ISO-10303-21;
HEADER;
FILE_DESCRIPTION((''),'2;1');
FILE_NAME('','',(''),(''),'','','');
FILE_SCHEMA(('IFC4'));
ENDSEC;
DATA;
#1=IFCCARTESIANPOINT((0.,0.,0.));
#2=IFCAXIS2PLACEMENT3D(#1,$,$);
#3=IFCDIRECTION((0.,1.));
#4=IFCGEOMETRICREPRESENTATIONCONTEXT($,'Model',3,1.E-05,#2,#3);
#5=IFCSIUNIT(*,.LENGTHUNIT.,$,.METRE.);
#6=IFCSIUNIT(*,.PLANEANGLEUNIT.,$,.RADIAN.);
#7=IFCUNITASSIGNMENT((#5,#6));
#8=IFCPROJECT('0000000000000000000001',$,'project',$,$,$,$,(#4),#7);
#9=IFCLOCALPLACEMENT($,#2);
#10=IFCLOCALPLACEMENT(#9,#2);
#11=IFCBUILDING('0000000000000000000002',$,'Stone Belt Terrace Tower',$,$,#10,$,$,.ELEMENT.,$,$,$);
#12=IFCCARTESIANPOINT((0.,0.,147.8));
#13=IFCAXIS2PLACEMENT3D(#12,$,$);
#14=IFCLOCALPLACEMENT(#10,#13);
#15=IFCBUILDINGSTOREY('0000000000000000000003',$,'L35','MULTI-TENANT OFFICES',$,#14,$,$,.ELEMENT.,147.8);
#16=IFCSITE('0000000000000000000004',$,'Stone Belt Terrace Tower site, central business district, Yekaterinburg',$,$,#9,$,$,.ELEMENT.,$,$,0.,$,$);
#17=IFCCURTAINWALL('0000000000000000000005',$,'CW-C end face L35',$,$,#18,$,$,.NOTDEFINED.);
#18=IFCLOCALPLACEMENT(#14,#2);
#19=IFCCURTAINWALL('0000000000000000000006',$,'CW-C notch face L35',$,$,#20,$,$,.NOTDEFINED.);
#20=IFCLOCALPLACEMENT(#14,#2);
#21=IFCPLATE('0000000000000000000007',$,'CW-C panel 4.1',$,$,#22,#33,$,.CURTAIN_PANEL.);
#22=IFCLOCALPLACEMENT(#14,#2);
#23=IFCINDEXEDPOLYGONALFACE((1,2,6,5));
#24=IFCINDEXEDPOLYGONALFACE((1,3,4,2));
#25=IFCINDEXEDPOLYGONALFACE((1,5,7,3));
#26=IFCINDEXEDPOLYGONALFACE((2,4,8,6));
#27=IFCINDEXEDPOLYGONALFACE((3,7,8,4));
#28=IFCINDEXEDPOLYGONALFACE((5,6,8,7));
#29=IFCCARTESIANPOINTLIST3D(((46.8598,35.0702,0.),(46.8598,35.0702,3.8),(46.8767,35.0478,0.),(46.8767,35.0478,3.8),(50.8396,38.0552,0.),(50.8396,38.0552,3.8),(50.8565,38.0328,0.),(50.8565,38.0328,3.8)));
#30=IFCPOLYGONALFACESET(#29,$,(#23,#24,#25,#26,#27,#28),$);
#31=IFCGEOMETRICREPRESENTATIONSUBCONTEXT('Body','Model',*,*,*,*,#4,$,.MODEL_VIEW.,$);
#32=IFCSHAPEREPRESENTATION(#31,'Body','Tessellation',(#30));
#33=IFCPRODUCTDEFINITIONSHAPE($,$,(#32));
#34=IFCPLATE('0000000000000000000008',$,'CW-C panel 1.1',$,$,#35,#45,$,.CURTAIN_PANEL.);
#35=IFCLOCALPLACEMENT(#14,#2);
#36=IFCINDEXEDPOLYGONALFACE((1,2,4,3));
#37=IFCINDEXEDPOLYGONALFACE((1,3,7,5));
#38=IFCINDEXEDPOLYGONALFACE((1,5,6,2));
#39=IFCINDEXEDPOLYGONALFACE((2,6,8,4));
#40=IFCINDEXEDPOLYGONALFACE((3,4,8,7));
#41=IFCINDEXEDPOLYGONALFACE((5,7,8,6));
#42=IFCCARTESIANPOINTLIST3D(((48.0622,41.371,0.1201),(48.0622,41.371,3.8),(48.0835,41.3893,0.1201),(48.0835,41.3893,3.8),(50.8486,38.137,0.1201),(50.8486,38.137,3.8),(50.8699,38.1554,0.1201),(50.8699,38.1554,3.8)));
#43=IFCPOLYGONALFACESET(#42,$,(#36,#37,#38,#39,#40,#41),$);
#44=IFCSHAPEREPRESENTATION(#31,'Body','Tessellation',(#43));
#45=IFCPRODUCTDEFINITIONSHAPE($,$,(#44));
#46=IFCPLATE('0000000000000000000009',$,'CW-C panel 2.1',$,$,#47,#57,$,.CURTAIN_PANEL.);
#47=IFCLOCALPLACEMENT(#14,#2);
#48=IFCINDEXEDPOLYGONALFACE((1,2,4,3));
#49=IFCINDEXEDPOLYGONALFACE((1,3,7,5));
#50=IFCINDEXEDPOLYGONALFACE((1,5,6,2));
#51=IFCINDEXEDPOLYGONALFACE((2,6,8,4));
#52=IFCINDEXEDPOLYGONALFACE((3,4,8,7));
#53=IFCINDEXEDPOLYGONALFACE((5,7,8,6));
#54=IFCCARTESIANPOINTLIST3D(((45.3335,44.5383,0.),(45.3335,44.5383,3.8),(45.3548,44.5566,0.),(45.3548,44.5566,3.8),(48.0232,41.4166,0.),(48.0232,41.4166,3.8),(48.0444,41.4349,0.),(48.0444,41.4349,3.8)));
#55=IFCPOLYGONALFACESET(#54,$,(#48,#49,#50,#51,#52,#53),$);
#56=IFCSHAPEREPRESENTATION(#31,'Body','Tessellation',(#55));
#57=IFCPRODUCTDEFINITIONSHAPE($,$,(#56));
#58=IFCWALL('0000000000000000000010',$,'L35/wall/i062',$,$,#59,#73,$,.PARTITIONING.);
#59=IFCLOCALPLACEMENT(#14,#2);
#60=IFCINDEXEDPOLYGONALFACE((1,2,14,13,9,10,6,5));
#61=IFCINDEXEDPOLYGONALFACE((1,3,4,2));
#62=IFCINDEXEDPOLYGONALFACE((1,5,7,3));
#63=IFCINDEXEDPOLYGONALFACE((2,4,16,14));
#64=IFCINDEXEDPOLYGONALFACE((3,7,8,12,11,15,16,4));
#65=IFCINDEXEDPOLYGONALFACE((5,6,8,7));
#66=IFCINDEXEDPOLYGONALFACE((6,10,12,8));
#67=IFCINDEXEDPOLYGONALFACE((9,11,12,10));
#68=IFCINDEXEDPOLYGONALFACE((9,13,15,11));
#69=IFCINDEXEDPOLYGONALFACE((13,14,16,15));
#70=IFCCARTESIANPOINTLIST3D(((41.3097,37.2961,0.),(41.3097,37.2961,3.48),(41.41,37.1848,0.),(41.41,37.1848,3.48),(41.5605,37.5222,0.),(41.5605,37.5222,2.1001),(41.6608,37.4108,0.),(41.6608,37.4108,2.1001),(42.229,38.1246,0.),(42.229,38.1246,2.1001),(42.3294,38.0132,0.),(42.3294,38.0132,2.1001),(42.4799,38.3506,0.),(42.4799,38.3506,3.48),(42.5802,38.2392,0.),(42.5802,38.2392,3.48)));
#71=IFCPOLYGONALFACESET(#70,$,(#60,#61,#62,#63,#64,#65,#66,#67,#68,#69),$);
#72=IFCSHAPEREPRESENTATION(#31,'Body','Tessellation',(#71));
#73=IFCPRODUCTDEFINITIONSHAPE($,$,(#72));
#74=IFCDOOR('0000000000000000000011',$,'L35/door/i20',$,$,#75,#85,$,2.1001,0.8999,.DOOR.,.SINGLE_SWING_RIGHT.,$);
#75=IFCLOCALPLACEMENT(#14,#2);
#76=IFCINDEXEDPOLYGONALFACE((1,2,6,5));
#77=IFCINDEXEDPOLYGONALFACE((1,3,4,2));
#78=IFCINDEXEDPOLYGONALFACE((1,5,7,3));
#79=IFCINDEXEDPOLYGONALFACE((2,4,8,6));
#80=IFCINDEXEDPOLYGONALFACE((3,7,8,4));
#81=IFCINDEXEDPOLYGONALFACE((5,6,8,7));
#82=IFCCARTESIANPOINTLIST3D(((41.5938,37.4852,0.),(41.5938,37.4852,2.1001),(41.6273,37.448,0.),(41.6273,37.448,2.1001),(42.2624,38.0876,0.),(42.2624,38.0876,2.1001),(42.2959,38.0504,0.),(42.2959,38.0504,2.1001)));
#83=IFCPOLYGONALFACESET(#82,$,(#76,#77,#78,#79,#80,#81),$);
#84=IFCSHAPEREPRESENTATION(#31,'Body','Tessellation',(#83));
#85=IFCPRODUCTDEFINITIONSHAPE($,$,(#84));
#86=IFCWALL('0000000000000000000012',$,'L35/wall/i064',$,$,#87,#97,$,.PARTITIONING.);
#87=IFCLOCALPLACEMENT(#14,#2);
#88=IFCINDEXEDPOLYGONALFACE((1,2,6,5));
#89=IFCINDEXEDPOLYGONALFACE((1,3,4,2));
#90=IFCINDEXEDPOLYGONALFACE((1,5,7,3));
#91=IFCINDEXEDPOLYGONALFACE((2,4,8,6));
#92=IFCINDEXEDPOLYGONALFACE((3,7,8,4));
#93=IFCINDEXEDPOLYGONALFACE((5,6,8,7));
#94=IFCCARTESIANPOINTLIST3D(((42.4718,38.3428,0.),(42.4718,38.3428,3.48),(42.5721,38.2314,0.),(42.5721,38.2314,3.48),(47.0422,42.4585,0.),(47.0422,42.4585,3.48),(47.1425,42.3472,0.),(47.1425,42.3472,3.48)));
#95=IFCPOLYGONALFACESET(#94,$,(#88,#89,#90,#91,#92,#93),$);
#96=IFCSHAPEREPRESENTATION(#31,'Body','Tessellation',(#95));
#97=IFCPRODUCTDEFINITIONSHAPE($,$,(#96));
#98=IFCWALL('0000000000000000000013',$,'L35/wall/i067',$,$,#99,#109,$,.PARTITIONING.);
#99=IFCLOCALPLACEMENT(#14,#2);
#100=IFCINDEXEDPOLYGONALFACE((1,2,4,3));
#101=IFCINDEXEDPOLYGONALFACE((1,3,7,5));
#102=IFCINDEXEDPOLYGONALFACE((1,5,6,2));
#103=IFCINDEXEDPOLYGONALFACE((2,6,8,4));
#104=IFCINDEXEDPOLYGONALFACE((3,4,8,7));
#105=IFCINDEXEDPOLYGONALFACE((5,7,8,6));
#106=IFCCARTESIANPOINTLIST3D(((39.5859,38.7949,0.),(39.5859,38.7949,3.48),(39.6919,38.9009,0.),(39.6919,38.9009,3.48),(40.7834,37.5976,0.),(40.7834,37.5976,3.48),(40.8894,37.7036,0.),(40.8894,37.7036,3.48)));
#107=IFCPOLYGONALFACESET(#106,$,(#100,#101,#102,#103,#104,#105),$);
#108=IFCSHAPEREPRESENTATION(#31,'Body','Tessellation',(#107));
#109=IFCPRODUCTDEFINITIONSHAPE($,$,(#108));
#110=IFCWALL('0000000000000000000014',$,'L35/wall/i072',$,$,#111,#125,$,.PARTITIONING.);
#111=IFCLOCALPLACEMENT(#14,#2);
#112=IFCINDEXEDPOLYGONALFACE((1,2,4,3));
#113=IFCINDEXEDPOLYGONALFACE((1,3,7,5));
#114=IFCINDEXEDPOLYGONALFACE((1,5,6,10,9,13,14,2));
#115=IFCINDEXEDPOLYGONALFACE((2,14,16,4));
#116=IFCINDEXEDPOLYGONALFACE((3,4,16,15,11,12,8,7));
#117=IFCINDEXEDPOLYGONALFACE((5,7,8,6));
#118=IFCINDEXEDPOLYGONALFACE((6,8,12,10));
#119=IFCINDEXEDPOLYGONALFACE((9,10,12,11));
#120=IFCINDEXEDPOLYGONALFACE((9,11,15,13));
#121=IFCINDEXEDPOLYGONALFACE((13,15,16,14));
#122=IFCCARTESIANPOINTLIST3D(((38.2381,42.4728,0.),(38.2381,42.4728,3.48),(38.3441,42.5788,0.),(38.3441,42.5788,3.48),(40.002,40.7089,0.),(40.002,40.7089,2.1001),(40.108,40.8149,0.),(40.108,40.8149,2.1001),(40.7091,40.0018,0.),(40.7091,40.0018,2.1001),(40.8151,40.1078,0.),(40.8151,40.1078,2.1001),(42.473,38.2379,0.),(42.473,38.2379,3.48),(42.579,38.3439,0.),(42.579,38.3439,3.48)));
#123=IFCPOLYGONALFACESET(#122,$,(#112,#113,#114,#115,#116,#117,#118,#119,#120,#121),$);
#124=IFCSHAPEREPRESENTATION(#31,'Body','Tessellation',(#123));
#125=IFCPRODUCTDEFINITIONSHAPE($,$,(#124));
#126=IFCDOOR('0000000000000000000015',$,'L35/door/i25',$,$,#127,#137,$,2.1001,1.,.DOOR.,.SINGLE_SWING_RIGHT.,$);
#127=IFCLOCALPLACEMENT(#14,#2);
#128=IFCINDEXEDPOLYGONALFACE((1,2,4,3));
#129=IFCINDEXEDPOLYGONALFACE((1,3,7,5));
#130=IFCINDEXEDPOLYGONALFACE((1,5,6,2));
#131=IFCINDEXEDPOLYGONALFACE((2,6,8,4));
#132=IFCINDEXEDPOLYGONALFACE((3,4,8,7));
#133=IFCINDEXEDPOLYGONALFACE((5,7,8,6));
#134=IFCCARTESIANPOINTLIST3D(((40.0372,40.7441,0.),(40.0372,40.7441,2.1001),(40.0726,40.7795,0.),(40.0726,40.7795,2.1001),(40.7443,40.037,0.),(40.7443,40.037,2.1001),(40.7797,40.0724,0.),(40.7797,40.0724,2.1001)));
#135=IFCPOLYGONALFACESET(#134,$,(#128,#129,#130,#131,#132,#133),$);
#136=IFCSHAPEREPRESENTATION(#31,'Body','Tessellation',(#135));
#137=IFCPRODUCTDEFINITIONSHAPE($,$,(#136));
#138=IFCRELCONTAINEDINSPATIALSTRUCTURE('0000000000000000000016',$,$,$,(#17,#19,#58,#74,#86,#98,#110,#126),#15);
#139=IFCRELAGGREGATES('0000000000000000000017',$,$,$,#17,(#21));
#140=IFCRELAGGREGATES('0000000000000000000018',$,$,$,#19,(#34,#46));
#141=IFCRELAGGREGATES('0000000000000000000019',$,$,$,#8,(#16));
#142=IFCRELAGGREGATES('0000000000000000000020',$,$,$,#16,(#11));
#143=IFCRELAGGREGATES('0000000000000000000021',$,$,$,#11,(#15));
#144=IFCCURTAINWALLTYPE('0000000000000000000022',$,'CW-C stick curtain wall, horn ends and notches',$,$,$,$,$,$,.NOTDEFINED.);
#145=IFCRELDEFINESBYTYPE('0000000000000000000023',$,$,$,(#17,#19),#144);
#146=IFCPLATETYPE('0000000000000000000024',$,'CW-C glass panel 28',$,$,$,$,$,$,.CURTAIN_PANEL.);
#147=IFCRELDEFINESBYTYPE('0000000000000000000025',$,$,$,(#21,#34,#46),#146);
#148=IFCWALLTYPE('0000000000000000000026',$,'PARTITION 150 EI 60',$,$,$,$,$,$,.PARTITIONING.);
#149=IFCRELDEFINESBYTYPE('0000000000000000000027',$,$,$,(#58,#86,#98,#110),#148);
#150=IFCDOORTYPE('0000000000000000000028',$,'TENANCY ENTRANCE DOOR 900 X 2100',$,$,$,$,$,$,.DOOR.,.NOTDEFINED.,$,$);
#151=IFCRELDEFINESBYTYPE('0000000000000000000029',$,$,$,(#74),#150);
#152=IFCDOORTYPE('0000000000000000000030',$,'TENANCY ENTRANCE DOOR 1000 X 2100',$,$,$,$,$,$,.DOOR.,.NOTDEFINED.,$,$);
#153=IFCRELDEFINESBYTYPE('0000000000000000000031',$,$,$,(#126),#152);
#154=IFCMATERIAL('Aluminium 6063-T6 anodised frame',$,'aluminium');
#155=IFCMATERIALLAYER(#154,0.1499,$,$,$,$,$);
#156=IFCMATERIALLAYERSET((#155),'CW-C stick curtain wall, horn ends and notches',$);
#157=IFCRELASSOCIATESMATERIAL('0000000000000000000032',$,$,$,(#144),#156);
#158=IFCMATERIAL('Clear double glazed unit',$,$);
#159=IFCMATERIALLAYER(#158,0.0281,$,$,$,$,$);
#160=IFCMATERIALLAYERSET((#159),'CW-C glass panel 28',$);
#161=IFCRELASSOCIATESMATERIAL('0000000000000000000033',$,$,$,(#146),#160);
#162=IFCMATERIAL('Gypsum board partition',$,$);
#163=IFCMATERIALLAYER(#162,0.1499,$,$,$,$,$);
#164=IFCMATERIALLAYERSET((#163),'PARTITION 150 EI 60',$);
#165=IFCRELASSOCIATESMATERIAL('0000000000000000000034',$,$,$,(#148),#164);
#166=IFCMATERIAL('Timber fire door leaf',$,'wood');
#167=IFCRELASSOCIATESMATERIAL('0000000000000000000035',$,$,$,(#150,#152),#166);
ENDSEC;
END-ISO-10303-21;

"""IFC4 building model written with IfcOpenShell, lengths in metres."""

from ifc_helpers import new_model, si_unit, direction, frame, frame_2d, origin, origin_2d, place, context, subcontext, project, spatial, rectangle, extrude, material, layer, layer_set, type_object, element, fill, aggregate, save


model = new_model("IFC4")

# Units and contexts
model_context = context("Model", 3, precision=1e-05, world=origin(), true_north=direction((0.0, 1.0)))
body_context = subcontext(model_context, "Body", "Model", "MODEL_VIEW")
ifc_project = project(units=[si_unit("LENGTHUNIT", "METRE"), si_unit("PLANEANGLEUNIT", "RADIAN")], contexts=[model_context])

# Site, building, storey
site_placement = place(None, origin())
site = spatial("IfcSite", under=ifc_project, at=site_placement, Name="Stone Belt Terrace Tower site, central business district, Yekaterinburg", CompositionType="ELEMENT", RefElevation=0.0)
building_placement = place(site_placement, origin())
building = spatial("IfcBuilding", under=site, at=building_placement, Name="Stone Belt Terrace Tower", CompositionType="ELEMENT")
storey_placement = place(building_placement, frame((0.0, 0.0, 147.8)))
storey = spatial("IfcBuildingStorey", under=building, at=storey_placement, Name="L35", Description="MULTI-TENANT OFFICES", CompositionType="ELEMENT", Elevation=147.8)

# Curtain walls
ifc_material_1 = material(Name="Aluminium 6063-T6 anodised frame", Category="aluminium")
ifc_layer_1 = layer(ifc_material_1, 0.1499)
ifc_layer_set_1 = layer_set([ifc_layer_1], Name="CW-C stick curtain wall, horn ends and notches")
curtain_wall_type = type_object("IfcCurtainWallType", Name="CW-C stick curtain wall, horn ends and notches", PredefinedType="NOTDEFINED", material=ifc_layer_set_1)
curtain_wall_1_placement = place(storey_placement, origin())
curtain_wall_1 = element("IfcCurtainWall", 1, at=curtain_wall_1_placement, inside=storey, type_object=curtain_wall_type, Name="CW-C end face L35", PredefinedType="NOTDEFINED")
curtain_wall_2_placement = place(storey_placement, origin())
curtain_wall_2 = element("IfcCurtainWall", 2, at=curtain_wall_2_placement, inside=storey, type_object=curtain_wall_type, Name="CW-C notch face L35", PredefinedType="NOTDEFINED")

# Plates
ifc_material_2 = material(Name="Clear double glazed unit")
ifc_layer_2 = layer(ifc_material_2, 0.0281)
ifc_layer_set_2 = layer_set([ifc_layer_2], Name="CW-C glass panel 28")
plate_type = type_object("IfcPlateType", Name="CW-C glass panel 28", PredefinedType="CURTAIN_PANEL", material=ifc_layer_set_2)
plate_1_placement = place(storey_placement, frame((48.8582, 36.5515, 0.0), z_axis=(0.0, 0.0, 1.0), x_axis=(0.799987, 0.600018, 0.0)))
plate_1 = element("IfcPlate", 3, at=plate_1_placement, type_object=plate_type, Name="CW-C panel 4.1", PredefinedType="CURTAIN_PANEL", context=body_context, shape_type="SweptSolid", body=[
    extrude(rectangle(XDim=4.9749, YDim=0.0281, at=origin_2d()), origin(), (0.0, 0.0, 1.0), 3.8),
])
aggregate(curtain_wall_1, [plate_1])
plate_2_placement = place(storey_placement, frame((49.4661, 39.7632, 0.1201), z_axis=(0.0, 0.0, 1.0), x_axis=(-0.652738, 0.757584, 0.0)))
plate_2 = element("IfcPlate", 4, at=plate_2_placement, type_object=plate_type, Name="CW-C panel 1.1", PredefinedType="CURTAIN_PANEL", context=body_context, shape_type="SweptSolid", body=[
    extrude(rectangle(XDim=4.2688, YDim=0.0281, at=origin_2d()), origin(), (0.0, 0.0, 1.0), 3.6799),
])
plate_3_placement = place(storey_placement, frame((46.689, 42.9866, 0.0), z_axis=(0.0, 0.0, 1.0), x_axis=(-0.652738, 0.757584, 0.0)))
plate_3 = element("IfcPlate", 5, at=plate_3_placement, type_object=plate_type, Name="CW-C panel 2.1", PredefinedType="CURTAIN_PANEL", context=body_context, shape_type="SweptSolid", body=[
    extrude(rectangle(XDim=4.1206, YDim=0.0281, at=origin_2d()), origin(), (0.0, 0.0, 1.0), 3.8),
])
aggregate(curtain_wall_2, [plate_2, plate_3])

# Wall, opening, door
ifc_material_3 = material(Name="Gypsum board partition")
ifc_layer_3 = layer(ifc_material_3, 0.1499)
ifc_layer_set_3 = layer_set([ifc_layer_3], Name="PARTITION 150 EI 60")
wall_type = type_object("IfcWallType", Name="PARTITION 150 EI 60", PredefinedType="PARTITIONING", material=ifc_layer_set_3)
wall_1_placement = place(storey_placement, frame((42.53, 38.2949, 0.0), z_axis=(0.0, 0.0, 1.0), x_axis=(-0.742886, -0.669418, 0.0)))
wall_1 = element("IfcWall", 6, at=wall_1_placement, inside=storey, type_object=wall_type, Name="L35/wall/i062", PredefinedType="PARTITIONING", context=body_context, shape_type="SweptSolid", body=[
    extrude(rectangle(XDim=1.5752, YDim=0.1499, at=frame_2d((0.7876, 0.0))), origin(), (0.0, 0.0, 1.0), 3.48),
])
opening_1_placement = place(wall_1_placement, frame((0.3376, 0.0, 0.0)))
opening_1 = element("IfcOpeningElement", 7, at=opening_1_placement, cuts=wall_1, PredefinedType="OPENING", context=body_context, shape_type="SweptSolid", body=[
    extrude(rectangle(XDim=0.8999, YDim=2.1001, at=frame_2d((0.45, 1.05))), frame((0.0, 0.085, 0.0), z_axis=(0.0, -1.0, 0.0), x_axis=(1.0, 0.0, 0.0)), (0.0, 0.0, 1.0), 0.1699),
])
ifc_material_4 = material(Name="Timber fire door leaf", Category="wood")
door_type_1 = type_object("IfcDoorType", Name="TENANCY ENTRANCE DOOR 900 X 2100", OperationType="NOTDEFINED", PredefinedType="DOOR", material=ifc_material_4)
door_1_placement = place(opening_1_placement, origin())
door_1 = element("IfcDoor", 8, at=door_1_placement, inside=storey, type_object=door_type_1, Name="L35/door/i20", OperationType="SINGLE_SWING_RIGHT", OverallHeight=2.1001, OverallWidth=0.8999, PredefinedType="DOOR", context=body_context, shape_type="SweptSolid", body=[
    extrude(rectangle(XDim=0.8999, YDim=2.1001, at=frame_2d((0.45, 1.05))), frame((0.0, 0.0249, 0.0), z_axis=(0.0, -1.0, 0.0), x_axis=(1.0, 0.0, 0.0)), (0.0, 0.0, 1.0), 0.05),
])
fill(opening_1, door_1)

# Walls
wall_2_placement = place(storey_placement, frame((42.522, 38.2871, 0.0), z_axis=(0.0, 0.0, 1.0), x_axis=(0.743097, 0.669184, 0.0)))
element("IfcWall", 9, at=wall_2_placement, inside=storey, type_object=wall_type, Name="L35/wall/i064", PredefinedType="PARTITIONING", context=body_context, shape_type="SweptSolid", body=[
    extrude(rectangle(XDim=6.1504, YDim=0.1499, at=frame_2d((3.0752, 0.0))), origin(), (0.0, 0.0, 1.0), 3.48),
])
wall_3_placement = place(storey_placement, frame((40.8364, 37.6506, 0.0), z_axis=(0.0, 0.0, 1.0), x_axis=(-0.707179, 0.707035, 0.0)))
element("IfcWall", 10, at=wall_3_placement, inside=storey, type_object=wall_type, Name="L35/wall/i067", PredefinedType="PARTITIONING", context=body_context, shape_type="SweptSolid", body=[
    extrude(rectangle(XDim=1.6934, YDim=0.1499, at=frame_2d((0.8467, 0.0))), origin(), (0.0, 0.0, 1.0), 3.48),
])

# Wall, opening, door
wall_4_placement = place(storey_placement, frame((38.291, 42.5259, 0.0), z_axis=(0.0, 0.0, 1.0), x_axis=(0.707107, -0.707107, 0.0)))
wall_4 = element("IfcWall", 11, at=wall_4_placement, inside=storey, type_object=wall_type, Name="L35/wall/i072", PredefinedType="PARTITIONING", context=body_context, shape_type="SweptSolid", body=[
    extrude(rectangle(XDim=5.989, YDim=0.1499, at=frame_2d((2.9946, 0.0))), origin(), (0.0, 0.0, 1.0), 3.48),
])
opening_2_placement = place(wall_4_placement, frame((2.4946, 0.0, 0.0)))
opening_2 = element("IfcOpeningElement", 12, at=opening_2_placement, cuts=wall_4, PredefinedType="OPENING", context=body_context, shape_type="SweptSolid", body=[
    extrude(rectangle(XDim=1.0, YDim=2.1001, at=frame_2d((0.5, 1.05))), frame((0.0, 0.085, 0.0), z_axis=(0.0, -1.0, 0.0), x_axis=(1.0, 0.0, 0.0)), (0.0, 0.0, 1.0), 0.1699),
])
door_type_2 = type_object("IfcDoorType", Name="TENANCY ENTRANCE DOOR 1000 X 2100", OperationType="NOTDEFINED", PredefinedType="DOOR", material=ifc_material_4)
door_2_placement = place(opening_2_placement, origin())
door_2 = element("IfcDoor", 13, at=door_2_placement, inside=storey, type_object=door_type_2, Name="L35/door/i25", OperationType="SINGLE_SWING_RIGHT", OverallHeight=2.1001, OverallWidth=1.0, PredefinedType="DOOR", context=body_context, shape_type="SweptSolid", body=[
    extrude(rectangle(XDim=1.0, YDim=2.1001, at=frame_2d((0.5, 1.05))), frame((0.0, 0.0249, 0.0), z_axis=(0.0, -1.0, 0.0), x_axis=(1.0, 0.0, 0.0)), (0.0, 0.0, 1.0), 0.05),
])
fill(opening_2, door_2)

save(model, "model.ifc")
